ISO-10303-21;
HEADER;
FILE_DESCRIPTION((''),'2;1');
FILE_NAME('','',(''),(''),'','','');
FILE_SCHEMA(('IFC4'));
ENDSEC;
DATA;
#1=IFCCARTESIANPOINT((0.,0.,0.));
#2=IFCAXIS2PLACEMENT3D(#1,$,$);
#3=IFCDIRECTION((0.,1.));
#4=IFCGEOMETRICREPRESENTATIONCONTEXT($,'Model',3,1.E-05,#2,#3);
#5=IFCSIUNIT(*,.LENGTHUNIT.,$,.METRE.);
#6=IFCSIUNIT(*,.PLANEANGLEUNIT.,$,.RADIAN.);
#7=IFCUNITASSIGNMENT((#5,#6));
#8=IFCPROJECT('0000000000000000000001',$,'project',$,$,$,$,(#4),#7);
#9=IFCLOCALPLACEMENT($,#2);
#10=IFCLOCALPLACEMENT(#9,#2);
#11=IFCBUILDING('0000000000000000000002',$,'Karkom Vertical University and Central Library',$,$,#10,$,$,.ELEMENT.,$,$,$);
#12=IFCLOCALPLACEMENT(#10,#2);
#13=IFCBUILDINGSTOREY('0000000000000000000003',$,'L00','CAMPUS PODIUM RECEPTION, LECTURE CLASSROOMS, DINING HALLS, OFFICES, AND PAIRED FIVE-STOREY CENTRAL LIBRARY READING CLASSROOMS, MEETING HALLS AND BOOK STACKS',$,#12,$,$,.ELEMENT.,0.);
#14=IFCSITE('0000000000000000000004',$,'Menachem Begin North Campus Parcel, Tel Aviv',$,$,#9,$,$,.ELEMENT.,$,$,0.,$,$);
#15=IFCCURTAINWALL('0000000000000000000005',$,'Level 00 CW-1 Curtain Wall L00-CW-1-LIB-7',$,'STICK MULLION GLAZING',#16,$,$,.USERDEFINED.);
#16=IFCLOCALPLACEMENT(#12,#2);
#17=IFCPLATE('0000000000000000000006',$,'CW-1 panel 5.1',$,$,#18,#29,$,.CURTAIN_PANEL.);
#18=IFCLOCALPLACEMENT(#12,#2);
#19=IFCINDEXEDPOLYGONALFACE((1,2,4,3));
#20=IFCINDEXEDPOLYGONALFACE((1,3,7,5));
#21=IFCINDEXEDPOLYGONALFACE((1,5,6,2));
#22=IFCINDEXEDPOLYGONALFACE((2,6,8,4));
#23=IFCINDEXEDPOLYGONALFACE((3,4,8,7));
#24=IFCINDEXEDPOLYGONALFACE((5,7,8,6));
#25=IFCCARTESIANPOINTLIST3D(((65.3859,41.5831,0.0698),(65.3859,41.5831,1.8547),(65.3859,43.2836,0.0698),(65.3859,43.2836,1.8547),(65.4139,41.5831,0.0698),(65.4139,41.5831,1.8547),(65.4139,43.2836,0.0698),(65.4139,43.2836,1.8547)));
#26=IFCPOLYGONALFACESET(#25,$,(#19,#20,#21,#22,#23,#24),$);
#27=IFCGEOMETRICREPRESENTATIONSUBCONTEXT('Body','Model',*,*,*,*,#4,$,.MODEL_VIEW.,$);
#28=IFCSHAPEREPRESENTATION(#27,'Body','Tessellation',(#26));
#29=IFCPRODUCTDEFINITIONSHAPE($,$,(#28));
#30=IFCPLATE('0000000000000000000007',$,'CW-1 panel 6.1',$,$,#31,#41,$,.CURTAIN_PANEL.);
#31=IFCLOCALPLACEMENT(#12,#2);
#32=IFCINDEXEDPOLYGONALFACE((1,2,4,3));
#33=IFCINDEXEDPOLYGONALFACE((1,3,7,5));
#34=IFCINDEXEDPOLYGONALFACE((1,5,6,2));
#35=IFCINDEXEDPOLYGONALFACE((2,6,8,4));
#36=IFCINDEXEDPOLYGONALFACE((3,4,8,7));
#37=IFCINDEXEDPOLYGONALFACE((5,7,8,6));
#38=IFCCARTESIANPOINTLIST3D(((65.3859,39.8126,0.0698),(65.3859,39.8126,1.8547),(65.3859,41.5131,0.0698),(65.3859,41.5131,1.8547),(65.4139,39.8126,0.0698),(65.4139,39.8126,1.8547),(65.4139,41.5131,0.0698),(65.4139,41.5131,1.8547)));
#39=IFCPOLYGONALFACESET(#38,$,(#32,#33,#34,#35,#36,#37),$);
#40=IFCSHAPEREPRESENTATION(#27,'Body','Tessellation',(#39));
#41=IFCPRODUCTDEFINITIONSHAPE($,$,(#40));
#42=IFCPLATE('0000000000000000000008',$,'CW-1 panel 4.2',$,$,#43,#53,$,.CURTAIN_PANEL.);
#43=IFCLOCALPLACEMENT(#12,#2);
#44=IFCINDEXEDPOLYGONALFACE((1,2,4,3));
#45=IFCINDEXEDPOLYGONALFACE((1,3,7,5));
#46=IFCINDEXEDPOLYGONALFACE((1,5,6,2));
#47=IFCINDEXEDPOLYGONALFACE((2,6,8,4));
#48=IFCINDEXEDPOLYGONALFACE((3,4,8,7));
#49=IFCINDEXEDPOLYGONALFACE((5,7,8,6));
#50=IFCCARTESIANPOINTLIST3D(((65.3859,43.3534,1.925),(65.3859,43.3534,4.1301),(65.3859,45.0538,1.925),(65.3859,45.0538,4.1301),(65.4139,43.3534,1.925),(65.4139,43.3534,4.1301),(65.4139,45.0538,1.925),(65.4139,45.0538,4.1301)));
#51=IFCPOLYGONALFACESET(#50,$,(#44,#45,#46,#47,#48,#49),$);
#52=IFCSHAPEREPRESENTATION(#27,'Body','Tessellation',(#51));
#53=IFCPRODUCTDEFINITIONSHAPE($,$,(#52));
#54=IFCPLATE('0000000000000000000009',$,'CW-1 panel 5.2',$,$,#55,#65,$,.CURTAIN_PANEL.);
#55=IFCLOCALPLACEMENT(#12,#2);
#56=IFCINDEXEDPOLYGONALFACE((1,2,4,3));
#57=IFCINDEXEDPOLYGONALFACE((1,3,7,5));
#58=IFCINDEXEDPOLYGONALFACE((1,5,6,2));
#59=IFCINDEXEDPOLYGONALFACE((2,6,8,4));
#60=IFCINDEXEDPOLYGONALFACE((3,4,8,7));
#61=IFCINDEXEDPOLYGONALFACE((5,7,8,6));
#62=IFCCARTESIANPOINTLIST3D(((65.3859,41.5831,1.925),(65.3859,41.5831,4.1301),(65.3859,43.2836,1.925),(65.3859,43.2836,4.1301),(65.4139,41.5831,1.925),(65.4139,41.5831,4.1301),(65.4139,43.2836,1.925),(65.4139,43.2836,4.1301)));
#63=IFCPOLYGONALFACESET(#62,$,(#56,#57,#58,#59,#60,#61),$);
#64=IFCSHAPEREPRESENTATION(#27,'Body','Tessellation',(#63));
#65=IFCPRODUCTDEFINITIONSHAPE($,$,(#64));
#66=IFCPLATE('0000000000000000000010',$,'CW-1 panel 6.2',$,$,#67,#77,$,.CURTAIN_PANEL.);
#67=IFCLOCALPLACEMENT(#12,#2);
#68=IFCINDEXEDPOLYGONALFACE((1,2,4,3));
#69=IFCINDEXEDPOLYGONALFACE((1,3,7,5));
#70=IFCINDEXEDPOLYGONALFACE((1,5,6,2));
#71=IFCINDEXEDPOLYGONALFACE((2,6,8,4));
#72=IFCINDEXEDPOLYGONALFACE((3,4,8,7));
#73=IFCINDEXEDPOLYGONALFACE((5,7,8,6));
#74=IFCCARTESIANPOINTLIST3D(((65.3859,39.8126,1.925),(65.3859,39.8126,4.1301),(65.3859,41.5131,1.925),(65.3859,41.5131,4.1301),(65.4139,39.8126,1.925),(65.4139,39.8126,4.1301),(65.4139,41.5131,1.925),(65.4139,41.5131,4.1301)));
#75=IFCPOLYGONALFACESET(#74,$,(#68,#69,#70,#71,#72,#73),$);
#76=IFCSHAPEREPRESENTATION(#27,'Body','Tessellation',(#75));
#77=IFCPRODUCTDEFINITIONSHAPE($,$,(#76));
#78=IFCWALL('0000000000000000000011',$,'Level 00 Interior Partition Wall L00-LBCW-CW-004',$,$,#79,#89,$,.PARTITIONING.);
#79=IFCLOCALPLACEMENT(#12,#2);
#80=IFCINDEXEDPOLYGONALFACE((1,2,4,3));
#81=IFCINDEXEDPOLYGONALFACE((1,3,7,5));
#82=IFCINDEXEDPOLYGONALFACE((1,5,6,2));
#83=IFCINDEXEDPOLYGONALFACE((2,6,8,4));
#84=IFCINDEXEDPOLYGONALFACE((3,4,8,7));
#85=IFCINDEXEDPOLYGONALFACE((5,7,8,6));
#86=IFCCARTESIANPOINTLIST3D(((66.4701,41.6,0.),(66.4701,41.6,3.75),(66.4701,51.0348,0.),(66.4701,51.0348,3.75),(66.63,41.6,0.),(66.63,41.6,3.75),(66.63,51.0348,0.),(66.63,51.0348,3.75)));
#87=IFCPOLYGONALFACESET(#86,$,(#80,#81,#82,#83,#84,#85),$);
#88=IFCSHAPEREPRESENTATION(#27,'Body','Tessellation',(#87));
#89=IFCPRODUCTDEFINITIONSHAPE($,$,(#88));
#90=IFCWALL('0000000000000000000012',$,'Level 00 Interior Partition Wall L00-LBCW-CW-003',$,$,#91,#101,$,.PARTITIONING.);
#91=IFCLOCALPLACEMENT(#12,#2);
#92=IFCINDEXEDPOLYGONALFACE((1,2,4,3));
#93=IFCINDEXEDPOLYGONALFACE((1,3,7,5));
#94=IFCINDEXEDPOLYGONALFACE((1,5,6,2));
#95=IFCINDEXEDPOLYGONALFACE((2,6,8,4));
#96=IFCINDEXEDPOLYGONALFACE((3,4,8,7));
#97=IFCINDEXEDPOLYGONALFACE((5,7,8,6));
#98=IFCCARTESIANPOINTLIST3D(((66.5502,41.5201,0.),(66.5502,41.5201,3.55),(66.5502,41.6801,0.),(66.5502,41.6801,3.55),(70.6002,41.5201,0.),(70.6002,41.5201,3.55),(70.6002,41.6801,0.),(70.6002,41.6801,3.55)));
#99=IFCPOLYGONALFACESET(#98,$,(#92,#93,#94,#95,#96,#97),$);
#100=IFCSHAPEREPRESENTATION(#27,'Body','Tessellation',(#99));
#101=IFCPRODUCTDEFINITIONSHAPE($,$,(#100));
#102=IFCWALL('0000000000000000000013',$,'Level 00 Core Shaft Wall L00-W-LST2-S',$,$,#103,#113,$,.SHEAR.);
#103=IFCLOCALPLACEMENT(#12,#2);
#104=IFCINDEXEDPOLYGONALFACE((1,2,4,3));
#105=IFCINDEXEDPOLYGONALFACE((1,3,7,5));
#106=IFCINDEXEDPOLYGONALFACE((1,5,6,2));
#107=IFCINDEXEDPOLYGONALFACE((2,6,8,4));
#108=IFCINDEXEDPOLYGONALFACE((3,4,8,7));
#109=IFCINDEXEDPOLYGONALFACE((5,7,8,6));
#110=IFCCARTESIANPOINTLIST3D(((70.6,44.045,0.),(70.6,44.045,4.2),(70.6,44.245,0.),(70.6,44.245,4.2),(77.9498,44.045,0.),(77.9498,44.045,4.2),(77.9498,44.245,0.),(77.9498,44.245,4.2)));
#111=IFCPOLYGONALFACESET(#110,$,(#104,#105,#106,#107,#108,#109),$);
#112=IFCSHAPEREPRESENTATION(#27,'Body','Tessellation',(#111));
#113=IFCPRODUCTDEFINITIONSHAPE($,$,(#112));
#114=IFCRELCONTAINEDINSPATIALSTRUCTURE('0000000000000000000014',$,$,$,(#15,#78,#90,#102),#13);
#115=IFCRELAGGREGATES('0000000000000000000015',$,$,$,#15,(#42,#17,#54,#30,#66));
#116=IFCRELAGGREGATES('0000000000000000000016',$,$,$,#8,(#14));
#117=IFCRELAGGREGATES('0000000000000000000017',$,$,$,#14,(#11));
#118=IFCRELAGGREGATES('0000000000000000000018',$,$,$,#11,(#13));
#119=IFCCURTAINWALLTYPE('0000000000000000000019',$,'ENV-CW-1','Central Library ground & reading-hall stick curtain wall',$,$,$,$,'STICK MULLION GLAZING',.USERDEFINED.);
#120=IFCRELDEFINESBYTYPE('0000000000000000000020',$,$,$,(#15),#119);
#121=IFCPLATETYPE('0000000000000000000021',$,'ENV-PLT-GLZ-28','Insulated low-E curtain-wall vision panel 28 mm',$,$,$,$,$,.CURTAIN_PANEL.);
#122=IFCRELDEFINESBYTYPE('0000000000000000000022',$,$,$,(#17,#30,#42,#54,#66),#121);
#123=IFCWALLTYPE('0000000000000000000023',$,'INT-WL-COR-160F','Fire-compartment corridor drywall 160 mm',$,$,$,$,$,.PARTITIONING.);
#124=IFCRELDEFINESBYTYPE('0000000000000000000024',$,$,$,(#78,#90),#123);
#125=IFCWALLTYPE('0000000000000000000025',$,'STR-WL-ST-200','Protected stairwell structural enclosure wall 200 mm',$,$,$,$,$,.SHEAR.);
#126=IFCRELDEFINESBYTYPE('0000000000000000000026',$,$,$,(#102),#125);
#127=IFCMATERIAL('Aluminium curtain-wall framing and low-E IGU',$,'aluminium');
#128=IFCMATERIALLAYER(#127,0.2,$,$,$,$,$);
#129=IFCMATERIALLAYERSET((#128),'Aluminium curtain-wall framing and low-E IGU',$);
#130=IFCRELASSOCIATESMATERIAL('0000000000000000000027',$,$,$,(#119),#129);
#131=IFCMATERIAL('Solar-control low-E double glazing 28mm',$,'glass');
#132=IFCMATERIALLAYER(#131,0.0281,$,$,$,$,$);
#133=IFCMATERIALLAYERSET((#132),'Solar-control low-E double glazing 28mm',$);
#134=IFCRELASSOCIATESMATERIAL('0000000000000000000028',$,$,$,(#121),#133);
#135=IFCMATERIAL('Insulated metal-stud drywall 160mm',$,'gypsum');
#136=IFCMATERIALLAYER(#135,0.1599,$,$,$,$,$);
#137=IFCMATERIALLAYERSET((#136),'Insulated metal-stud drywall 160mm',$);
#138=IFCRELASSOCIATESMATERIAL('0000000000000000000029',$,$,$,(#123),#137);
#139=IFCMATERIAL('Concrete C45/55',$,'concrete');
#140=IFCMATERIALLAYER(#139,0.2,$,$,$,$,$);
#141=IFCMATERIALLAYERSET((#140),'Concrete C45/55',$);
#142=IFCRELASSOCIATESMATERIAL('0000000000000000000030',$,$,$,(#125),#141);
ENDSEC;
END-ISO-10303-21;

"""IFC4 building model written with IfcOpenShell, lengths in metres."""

from ifc_helpers import new_model, si_unit, direction, frame, frame_2d, origin, origin_with_axes, origin_2d, place, context, subcontext, project, spatial, rectangle, extrude, source, transform, mapped, material, layer, layer_set, type_object, element, aggregate, save


model = new_model("IFC4")

# Units and contexts
model_context = context("Model", 3, precision=1e-05, world=origin(), true_north=direction((0.0, 1.0)))
body_context = subcontext(model_context, "Body", "Model", "MODEL_VIEW")
ifc_project = project(units=[si_unit("LENGTHUNIT", "METRE"), si_unit("PLANEANGLEUNIT", "RADIAN")], contexts=[model_context])

# Site, building, storey
site_placement = place(None, origin())
site = spatial("IfcSite", under=ifc_project, at=site_placement, Name="Menachem Begin North Campus Parcel, Tel Aviv", CompositionType="ELEMENT", RefElevation=0.0)
building_placement = place(site_placement, origin())
building = spatial("IfcBuilding", under=site, at=building_placement, Name="Karkom Vertical University and Central Library", CompositionType="ELEMENT")
storey_placement = place(building_placement, origin())
storey = spatial("IfcBuildingStorey", under=building, at=storey_placement, Name="L00", Description="CAMPUS PODIUM RECEPTION, LECTURE CLASSROOMS, DINING HALLS, OFFICES, AND PAIRED FIVE-STOREY CENTRAL LIBRARY READING CLASSROOMS, MEETING HALLS AND BOOK STACKS", CompositionType="ELEMENT", Elevation=0.0)

# Shared definitions
ifc_material_1 = material(Name="Concrete C45/55", Category="concrete")

# Curtain wall, plates
ifc_material_2 = material(Name="Aluminium curtain-wall framing and low-E IGU", Category="aluminium")
ifc_layer_1 = layer(ifc_material_2, 0.2)
ifc_layer_set_1 = layer_set([ifc_layer_1], Name="Aluminium curtain-wall framing and low-E IGU")
curtain_wall_type = type_object("IfcCurtainWallType", Name="ENV-CW-1", Description="Central Library ground & reading-hall stick curtain wall", ElementType="STICK MULLION GLAZING", PredefinedType="USERDEFINED", material=ifc_layer_set_1)
curtain_wall_placement = place(storey_placement, origin())
curtain_wall = element("IfcCurtainWall", 1, at=curtain_wall_placement, inside=storey, type_object=curtain_wall_type, Name="Level 00 CW-1 Curtain Wall L00-CW-1-LIB-7", ObjectType="STICK MULLION GLAZING", PredefinedType="USERDEFINED")
ifc_material_3 = material(Name="Solar-control low-E double glazing 28mm", Category="glass")
ifc_layer_2 = layer(ifc_material_3, 0.0281)
ifc_layer_set_2 = layer_set([ifc_layer_2], Name="Solar-control low-E double glazing 28mm")
plate_type = type_object("IfcPlateType", Name="ENV-PLT-GLZ-28", Description="Insulated low-E curtain-wall vision panel 28 mm", PredefinedType="CURTAIN_PANEL", material=ifc_layer_set_2)
shared_shape_1 = source(origin_with_axes(), body_context, "Body", "SweptSolid", [
    extrude(rectangle(XDim=1.7004, YDim=0.0281, at=origin_2d()), origin(), (0.0, 0.0, 1.0), 1.7849),
])
plate_1_placement = place(storey_placement, frame((65.3999, 42.4333, 0.0698), z_axis=(0.0, 0.0, 1.0), x_axis=(0.0, -1.0, 0.0)))
plate_1 = element("IfcPlate", 2, at=plate_1_placement, type_object=plate_type, Name="CW-1 panel 5.1", PredefinedType="CURTAIN_PANEL", context=body_context, shape_type="MappedRepresentation", body=[
    mapped(shared_shape_1, transform((0.0, 0.0, 0.0), scale=1.0)),
])
plate_2_placement = place(storey_placement, frame((65.3999, 40.6628, 0.0698), z_axis=(0.0, 0.0, 1.0), x_axis=(0.0, -1.0, 0.0)))
plate_2 = element("IfcPlate", 3, at=plate_2_placement, type_object=plate_type, Name="CW-1 panel 6.1", PredefinedType="CURTAIN_PANEL", context=body_context, shape_type="MappedRepresentation", body=[
    mapped(shared_shape_1, transform((0.0, 0.0, 0.0), scale=1.0)),
])
shared_shape_2 = source(origin_with_axes(), body_context, "Body", "SweptSolid", [
    extrude(rectangle(XDim=1.7004, YDim=0.0281, at=origin_2d()), origin(), (0.0, 0.0, 1.0), 2.2051),
])
plate_3_placement = place(storey_placement, frame((65.3999, 44.2036, 1.925), z_axis=(0.0, 0.0, 1.0), x_axis=(0.0, -1.0, 0.0)))
plate_3 = element("IfcPlate", 4, at=plate_3_placement, type_object=plate_type, Name="CW-1 panel 4.2", PredefinedType="CURTAIN_PANEL", context=body_context, shape_type="MappedRepresentation", body=[
    mapped(shared_shape_2, transform((0.0, 0.0, 0.0), scale=1.0)),
])
plate_4_placement = place(storey_placement, frame((65.3999, 42.4333, 1.925), z_axis=(0.0, 0.0, 1.0), x_axis=(0.0, -1.0, 0.0)))
plate_4 = element("IfcPlate", 5, at=plate_4_placement, type_object=plate_type, Name="CW-1 panel 5.2", PredefinedType="CURTAIN_PANEL", context=body_context, shape_type="MappedRepresentation", body=[
    mapped(shared_shape_2, transform((0.0, 0.0, 0.0), scale=1.0)),
])
plate_5_placement = place(storey_placement, frame((65.3999, 40.6628, 1.925), z_axis=(0.0, 0.0, 1.0), x_axis=(0.0, -1.0, 0.0)))
plate_5 = element("IfcPlate", 6, at=plate_5_placement, type_object=plate_type, Name="CW-1 panel 6.2", PredefinedType="CURTAIN_PANEL", context=body_context, shape_type="MappedRepresentation", body=[
    mapped(shared_shape_2, transform((0.0, 0.0, 0.0), scale=1.0)),
])
aggregate(curtain_wall, [plate_3, plate_1, plate_4, plate_2, plate_5])

# Walls
ifc_material_4 = material(Name="Insulated metal-stud drywall 160mm", Category="gypsum")
ifc_layer_3 = layer(ifc_material_4, 0.1599)
ifc_layer_set_3 = layer_set([ifc_layer_3], Name="Insulated metal-stud drywall 160mm")
wall_type_1 = type_object("IfcWallType", Name="INT-WL-COR-160F", Description="Fire-compartment corridor drywall 160 mm", PredefinedType="PARTITIONING", material=ifc_layer_set_3)
wall_1_placement = place(storey_placement, frame((66.55, 41.6001, 0.0), z_axis=(0.0, 0.0, 1.0), x_axis=(0.0, 1.0, 0.0)))
element("IfcWall", 7, at=wall_1_placement, inside=storey, type_object=wall_type_1, Name="Level 00 Interior Partition Wall L00-LBCW-CW-004", PredefinedType="PARTITIONING", context=body_context, shape_type="SweptSolid", body=[
    extrude(rectangle(XDim=9.4348, YDim=0.1599, at=frame_2d((4.7173, 0.0))), origin(), (0.0, 0.0, 1.0), 3.75),
])
wall_2_placement = place(storey_placement, frame((70.6001, 41.6001, 0.0), z_axis=(0.0, 0.0, 1.0), x_axis=(-1.0, 0.0, 0.0)))
element("IfcWall", 8, at=wall_2_placement, inside=storey, type_object=wall_type_1, Name="Level 00 Interior Partition Wall L00-LBCW-CW-003", PredefinedType="PARTITIONING", context=body_context, shape_type="SweptSolid", body=[
    extrude(rectangle(XDim=4.05, YDim=0.1599, at=frame_2d((2.0249, 0.0))), origin(), (0.0, 0.0, 1.0), 3.55),
])
ifc_layer_4 = layer(ifc_material_1, 0.2)
ifc_layer_set_4 = layer_set([ifc_layer_4], Name="Concrete C45/55")
wall_type_2 = type_object("IfcWallType", Name="STR-WL-ST-200", Description="Protected stairwell structural enclosure wall 200 mm", PredefinedType="SHEAR", material=ifc_layer_set_4)
wall_3_placement = place(storey_placement, frame((70.6001, 44.145, 0.0), z_axis=(0.0, 0.0, 1.0), x_axis=(1.0, 0.0, 0.0)))
element("IfcWall", 9, at=wall_3_placement, inside=storey, type_object=wall_type_2, Name="Level 00 Core Shaft Wall L00-W-LST2-S", PredefinedType="SHEAR", context=body_context, shape_type="SweptSolid", body=[
    extrude(rectangle(XDim=7.3499, YDim=0.2, at=frame_2d((3.6748, 0.0))), origin(), (0.0, 0.0, 1.0), 4.2),
])

save(model, "model.ifc")
